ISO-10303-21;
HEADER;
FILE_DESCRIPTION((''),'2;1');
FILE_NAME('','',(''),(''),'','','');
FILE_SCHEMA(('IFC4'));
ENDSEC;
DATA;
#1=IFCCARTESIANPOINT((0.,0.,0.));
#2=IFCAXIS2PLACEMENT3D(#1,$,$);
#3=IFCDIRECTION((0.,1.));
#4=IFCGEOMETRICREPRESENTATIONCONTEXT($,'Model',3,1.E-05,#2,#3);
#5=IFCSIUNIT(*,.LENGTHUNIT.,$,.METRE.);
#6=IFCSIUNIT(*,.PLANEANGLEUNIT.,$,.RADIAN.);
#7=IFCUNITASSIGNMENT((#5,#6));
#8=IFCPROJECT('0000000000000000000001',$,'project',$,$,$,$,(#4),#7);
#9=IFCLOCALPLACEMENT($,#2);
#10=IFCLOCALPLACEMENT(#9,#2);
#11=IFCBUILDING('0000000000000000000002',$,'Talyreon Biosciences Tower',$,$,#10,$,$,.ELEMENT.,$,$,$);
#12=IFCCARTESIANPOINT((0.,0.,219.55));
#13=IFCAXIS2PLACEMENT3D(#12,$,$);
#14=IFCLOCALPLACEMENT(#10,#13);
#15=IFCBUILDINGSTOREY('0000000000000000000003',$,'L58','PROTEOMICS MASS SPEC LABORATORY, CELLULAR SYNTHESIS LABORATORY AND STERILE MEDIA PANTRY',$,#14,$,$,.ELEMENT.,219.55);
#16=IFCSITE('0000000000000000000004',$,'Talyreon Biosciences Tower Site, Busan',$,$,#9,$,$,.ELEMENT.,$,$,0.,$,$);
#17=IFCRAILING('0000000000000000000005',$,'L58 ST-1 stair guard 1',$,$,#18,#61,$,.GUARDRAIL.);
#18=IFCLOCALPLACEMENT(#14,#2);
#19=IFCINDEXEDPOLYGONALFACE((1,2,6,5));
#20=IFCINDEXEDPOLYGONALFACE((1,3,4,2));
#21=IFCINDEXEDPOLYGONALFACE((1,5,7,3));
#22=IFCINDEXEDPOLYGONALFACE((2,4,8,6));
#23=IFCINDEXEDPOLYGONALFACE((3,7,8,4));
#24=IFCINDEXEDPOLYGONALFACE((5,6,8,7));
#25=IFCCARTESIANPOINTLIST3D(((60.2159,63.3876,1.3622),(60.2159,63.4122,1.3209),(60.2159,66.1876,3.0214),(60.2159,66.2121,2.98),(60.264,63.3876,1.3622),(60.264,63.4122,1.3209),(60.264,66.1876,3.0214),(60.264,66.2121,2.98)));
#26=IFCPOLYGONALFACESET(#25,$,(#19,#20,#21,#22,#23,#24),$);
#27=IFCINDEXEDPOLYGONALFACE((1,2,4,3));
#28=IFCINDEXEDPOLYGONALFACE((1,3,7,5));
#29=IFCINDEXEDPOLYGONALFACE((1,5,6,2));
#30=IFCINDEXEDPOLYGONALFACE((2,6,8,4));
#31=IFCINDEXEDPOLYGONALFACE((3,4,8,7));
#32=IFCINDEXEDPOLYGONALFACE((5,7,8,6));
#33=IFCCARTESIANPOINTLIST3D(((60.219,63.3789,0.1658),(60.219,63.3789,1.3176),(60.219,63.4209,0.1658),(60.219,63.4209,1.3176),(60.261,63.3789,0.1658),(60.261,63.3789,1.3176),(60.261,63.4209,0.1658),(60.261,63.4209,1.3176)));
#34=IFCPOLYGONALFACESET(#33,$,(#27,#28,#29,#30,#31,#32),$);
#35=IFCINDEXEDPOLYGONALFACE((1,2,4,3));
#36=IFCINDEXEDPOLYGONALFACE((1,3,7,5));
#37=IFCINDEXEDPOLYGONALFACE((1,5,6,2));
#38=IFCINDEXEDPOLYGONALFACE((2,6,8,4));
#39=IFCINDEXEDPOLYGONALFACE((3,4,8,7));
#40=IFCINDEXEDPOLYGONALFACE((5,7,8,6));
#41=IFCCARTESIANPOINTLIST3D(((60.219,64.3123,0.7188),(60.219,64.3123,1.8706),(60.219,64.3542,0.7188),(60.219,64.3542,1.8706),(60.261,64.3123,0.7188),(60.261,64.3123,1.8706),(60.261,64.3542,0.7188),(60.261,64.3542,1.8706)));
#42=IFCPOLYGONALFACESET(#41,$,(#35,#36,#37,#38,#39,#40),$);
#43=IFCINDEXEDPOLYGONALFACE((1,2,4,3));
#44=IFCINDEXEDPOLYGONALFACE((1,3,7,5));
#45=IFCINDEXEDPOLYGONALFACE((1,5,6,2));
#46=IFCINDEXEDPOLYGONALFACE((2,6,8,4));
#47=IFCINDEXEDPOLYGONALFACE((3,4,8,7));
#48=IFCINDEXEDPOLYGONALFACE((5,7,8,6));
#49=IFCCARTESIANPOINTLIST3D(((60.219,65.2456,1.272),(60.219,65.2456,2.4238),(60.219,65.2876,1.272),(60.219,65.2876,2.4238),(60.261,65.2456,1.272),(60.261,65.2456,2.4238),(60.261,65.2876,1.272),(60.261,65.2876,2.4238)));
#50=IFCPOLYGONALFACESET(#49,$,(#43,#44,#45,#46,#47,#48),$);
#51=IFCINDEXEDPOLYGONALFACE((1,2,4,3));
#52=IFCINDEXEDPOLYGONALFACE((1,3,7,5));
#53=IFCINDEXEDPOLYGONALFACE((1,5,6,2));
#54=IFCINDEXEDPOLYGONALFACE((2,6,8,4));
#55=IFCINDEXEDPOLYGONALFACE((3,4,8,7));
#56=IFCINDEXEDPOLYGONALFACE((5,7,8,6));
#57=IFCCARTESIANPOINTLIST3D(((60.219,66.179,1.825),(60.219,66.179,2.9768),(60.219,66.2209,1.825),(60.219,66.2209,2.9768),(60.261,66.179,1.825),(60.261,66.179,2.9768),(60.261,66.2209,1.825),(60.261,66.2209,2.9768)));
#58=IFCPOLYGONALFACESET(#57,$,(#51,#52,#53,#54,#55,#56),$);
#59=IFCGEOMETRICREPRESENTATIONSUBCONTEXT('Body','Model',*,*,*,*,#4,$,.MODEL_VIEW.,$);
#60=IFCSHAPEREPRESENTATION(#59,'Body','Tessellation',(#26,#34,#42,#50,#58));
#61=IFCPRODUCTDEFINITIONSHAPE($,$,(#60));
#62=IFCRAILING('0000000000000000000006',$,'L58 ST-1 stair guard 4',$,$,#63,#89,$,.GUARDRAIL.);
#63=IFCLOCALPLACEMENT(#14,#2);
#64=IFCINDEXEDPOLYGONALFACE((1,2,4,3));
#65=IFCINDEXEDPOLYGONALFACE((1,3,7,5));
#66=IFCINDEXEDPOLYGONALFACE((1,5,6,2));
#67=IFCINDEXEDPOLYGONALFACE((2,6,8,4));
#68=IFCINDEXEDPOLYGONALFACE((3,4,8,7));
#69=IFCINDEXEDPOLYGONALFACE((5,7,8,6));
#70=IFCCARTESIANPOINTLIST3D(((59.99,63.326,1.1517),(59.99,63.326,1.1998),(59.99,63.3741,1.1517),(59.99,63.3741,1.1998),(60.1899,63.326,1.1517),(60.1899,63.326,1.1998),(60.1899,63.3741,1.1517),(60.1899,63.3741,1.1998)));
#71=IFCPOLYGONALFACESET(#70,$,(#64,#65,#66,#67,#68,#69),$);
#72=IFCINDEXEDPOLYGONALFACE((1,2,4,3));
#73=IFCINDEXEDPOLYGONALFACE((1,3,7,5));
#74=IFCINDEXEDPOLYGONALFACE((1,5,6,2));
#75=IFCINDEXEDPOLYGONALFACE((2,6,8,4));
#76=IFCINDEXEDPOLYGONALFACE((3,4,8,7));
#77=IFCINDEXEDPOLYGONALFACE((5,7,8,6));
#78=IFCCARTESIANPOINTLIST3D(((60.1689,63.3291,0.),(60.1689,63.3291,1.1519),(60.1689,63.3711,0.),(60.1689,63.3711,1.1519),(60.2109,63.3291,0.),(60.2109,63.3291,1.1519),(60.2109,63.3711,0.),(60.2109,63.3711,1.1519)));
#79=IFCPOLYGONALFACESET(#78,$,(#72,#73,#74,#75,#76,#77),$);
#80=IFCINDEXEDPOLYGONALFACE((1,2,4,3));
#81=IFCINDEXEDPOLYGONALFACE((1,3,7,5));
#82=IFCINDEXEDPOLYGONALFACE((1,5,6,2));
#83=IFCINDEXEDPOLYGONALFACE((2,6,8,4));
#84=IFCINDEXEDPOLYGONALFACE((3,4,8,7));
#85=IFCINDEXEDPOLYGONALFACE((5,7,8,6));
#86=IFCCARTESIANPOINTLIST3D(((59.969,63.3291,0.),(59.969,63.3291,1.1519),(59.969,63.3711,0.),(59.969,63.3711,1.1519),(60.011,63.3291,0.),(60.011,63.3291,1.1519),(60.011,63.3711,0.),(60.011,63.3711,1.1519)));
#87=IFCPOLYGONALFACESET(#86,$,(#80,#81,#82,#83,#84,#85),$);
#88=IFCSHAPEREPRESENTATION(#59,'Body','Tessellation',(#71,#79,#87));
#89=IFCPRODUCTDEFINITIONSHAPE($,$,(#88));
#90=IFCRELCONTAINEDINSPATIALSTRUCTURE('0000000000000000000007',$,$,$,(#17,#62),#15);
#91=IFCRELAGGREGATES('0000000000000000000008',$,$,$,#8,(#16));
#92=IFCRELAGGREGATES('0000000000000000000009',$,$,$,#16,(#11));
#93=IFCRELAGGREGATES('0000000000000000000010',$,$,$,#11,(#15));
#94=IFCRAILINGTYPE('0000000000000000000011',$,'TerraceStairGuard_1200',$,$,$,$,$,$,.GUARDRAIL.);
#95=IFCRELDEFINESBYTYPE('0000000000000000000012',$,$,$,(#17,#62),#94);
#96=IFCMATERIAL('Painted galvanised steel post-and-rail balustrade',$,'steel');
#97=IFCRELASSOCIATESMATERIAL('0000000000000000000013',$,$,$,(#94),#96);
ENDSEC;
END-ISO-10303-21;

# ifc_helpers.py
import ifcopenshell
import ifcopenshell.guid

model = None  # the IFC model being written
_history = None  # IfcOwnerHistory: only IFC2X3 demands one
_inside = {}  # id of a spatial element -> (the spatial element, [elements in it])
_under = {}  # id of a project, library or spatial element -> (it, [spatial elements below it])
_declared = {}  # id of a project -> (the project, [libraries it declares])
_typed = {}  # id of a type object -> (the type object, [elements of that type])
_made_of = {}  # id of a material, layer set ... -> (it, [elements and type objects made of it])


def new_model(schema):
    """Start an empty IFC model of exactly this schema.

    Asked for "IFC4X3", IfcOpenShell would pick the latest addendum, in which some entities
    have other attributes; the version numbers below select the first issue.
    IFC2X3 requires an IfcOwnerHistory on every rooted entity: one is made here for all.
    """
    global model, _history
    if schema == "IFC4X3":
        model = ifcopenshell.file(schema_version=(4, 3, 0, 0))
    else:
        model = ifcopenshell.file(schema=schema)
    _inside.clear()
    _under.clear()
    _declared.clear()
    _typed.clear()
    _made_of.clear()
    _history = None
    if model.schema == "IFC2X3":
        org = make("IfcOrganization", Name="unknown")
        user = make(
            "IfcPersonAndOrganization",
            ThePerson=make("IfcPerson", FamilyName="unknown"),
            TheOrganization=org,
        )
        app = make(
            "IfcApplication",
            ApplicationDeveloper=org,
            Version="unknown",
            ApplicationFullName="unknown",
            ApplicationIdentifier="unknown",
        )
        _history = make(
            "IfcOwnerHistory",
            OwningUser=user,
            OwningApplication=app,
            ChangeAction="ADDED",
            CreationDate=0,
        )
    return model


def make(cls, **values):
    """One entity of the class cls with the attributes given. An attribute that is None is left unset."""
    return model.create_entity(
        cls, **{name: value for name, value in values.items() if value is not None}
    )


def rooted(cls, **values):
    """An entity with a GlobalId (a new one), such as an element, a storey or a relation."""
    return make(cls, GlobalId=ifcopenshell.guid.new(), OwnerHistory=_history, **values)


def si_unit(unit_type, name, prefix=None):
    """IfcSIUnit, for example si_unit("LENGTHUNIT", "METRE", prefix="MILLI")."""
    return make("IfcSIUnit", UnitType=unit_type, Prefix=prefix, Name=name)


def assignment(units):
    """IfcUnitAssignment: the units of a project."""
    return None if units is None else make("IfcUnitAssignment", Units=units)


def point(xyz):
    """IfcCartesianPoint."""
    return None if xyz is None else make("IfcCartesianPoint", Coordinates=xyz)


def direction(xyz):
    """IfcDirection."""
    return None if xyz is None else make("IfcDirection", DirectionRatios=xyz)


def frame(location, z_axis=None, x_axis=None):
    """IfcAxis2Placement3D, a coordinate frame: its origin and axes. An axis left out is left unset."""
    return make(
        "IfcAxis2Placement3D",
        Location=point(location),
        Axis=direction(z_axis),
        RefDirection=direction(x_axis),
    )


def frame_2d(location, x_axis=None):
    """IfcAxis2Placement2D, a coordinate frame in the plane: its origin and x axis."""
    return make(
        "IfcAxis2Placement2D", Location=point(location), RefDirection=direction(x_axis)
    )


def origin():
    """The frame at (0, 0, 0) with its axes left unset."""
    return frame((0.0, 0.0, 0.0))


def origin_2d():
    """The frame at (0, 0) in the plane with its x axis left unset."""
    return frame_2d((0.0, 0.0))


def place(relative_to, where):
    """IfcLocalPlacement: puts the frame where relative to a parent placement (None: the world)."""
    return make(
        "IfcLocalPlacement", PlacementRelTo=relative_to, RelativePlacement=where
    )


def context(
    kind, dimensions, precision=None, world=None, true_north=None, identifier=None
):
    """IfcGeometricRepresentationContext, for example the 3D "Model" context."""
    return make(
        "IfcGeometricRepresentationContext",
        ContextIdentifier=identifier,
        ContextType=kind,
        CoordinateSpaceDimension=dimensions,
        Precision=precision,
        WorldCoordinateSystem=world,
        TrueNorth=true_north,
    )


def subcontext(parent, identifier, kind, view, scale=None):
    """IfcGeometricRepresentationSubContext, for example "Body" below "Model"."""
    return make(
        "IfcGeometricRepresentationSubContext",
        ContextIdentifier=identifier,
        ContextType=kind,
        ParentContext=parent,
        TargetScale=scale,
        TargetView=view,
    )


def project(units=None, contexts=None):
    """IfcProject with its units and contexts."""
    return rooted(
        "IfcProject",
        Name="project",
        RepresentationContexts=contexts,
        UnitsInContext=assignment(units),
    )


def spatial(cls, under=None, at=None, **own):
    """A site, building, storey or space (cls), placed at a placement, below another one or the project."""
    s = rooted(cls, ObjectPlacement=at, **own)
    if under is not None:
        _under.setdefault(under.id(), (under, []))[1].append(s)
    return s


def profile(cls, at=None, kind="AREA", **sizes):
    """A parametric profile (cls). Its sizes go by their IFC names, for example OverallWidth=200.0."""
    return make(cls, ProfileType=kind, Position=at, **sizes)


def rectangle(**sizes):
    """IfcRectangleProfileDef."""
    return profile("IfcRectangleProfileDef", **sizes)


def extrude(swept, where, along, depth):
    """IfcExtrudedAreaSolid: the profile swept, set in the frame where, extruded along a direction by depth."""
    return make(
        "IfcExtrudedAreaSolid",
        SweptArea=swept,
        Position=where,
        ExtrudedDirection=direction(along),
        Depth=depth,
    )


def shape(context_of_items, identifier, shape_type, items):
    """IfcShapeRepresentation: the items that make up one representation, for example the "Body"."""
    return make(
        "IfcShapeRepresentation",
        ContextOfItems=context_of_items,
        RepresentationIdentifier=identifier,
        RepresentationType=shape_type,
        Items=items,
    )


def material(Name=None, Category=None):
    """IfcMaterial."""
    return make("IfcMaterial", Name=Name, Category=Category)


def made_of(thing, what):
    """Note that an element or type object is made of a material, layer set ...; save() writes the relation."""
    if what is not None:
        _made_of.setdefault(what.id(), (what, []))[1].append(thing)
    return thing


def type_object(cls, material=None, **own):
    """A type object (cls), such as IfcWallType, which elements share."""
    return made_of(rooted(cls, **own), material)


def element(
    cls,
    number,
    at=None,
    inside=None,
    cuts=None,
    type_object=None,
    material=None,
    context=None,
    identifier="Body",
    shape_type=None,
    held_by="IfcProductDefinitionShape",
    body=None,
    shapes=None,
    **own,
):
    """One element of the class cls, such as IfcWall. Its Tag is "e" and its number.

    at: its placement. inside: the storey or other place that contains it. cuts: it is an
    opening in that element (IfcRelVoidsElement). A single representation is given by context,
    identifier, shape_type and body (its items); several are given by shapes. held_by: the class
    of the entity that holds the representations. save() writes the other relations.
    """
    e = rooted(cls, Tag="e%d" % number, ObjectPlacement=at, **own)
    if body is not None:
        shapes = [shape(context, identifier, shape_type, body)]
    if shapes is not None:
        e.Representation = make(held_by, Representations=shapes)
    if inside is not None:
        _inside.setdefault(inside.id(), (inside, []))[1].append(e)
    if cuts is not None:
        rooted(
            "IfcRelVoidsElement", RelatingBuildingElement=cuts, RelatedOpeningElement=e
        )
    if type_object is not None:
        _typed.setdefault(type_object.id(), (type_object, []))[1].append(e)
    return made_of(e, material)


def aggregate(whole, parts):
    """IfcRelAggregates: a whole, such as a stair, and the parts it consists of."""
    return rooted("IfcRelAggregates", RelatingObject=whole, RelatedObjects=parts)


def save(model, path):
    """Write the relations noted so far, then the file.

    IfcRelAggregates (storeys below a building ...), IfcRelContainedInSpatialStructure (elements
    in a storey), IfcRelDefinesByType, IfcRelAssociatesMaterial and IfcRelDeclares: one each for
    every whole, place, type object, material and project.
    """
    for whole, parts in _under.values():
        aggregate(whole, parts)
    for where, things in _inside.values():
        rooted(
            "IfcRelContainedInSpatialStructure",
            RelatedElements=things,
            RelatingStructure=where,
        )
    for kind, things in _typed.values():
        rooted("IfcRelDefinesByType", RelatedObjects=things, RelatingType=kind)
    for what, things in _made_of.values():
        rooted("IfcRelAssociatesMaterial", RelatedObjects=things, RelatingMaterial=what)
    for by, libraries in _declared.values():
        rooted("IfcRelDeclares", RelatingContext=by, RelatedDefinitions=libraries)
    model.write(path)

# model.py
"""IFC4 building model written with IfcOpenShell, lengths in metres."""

from ifc_helpers import new_model, si_unit, direction, frame, origin, origin_2d, place, context, subcontext, project, spatial, rectangle, extrude, material, type_object, element, save


model = new_model("IFC4")

# Units and contexts
model_context = context("Model", 3, precision=1e-05, world=origin(), true_north=direction((0.0, 1.0)))
body_context = subcontext(model_context, "Body", "Model", "MODEL_VIEW")
ifc_project = project(units=[si_unit("LENGTHUNIT", "METRE"), si_unit("PLANEANGLEUNIT", "RADIAN")], contexts=[model_context])

# Site, building, storey
site_placement = place(None, origin())
site = spatial("IfcSite", under=ifc_project, at=site_placement, Name="Talyreon Biosciences Tower Site, Busan", CompositionType="ELEMENT", RefElevation=0.0)
building_placement = place(site_placement, origin())
building = spatial("IfcBuilding", under=site, at=building_placement, Name="Talyreon Biosciences Tower", CompositionType="ELEMENT")
storey_placement = place(building_placement, frame((0.0, 0.0, 219.55)))
storey = spatial("IfcBuildingStorey", under=building, at=storey_placement, Name="L58", Description="PROTEOMICS MASS SPEC LABORATORY, CELLULAR SYNTHESIS LABORATORY AND STERILE MEDIA PANTRY", CompositionType="ELEMENT", Elevation=219.55)

# Railings
ifc_material_1 = material(Name="Painted galvanised steel post-and-rail balustrade", Category="steel")
railing_type_1 = type_object("IfcRailingType", Name="TerraceStairGuard_1200", PredefinedType="GUARDRAIL", material=ifc_material_1)
railing_1_placement = place(storey_placement, frame((60.24, 63.3999, 0.1658)))
element("IfcRailing", 1, at=railing_1_placement, inside=storey, type_object=railing_type_1, Name="L58 ST-1 stair guard 1", PredefinedType="GUARDRAIL", context=body_context, shape_type="SweptSolid", body=[
    extrude(rectangle(XDim=0.0481, YDim=0.0481, at=origin_2d()), frame((0.0, 0.0, 1.1758), z_axis=(0.0, 0.860306, 0.509778), x_axis=(-1.0, 0.0, 0.0)), (0.0, 0.0, 1.0), 3.2546),
    extrude(rectangle(XDim=0.042, YDim=0.042, at=origin_2d()), origin(), (0.0, 0.0, 1.0), 1.1519),
    extrude(rectangle(XDim=0.042, YDim=0.042, at=origin_2d()), frame((0.0, 0.9333, 0.553)), (0.0, 0.0, 1.0), 1.1519),
    extrude(rectangle(XDim=0.042, YDim=0.042, at=origin_2d()), frame((0.0, 1.8667, 1.1062)), (0.0, 0.0, 1.0), 1.1519),
    extrude(rectangle(XDim=0.042, YDim=0.042, at=origin_2d()), frame((0.0, 2.8, 1.6592)), (0.0, 0.0, 1.0), 1.1519),
])
railing_2_placement = place(storey_placement, frame((60.1899, 63.3501, 0.0)))
element("IfcRailing", 2, at=railing_2_placement, inside=storey, type_object=railing_type_1, Name="L58 ST-1 stair guard 4", PredefinedType="GUARDRAIL", context=body_context, shape_type="SweptSolid", body=[
    extrude(rectangle(XDim=0.0481, YDim=0.0481, at=origin_2d()), frame((0.0, 0.0, 1.1758), z_axis=(-1.0, 0.0, 0.0), x_axis=(0.0, -1.0, 0.0)), (0.0, 0.0, 1.0), 0.2),
    extrude(rectangle(XDim=0.042, YDim=0.042, at=origin_2d()), origin(), (0.0, 0.0, 1.0), 1.1519),
    extrude(rectangle(XDim=0.042, YDim=0.042, at=origin_2d()), frame((-0.2, 0.0, 0.0)), (0.0, 0.0, 1.0), 1.1519),
])

save(model, "model.ifc")
